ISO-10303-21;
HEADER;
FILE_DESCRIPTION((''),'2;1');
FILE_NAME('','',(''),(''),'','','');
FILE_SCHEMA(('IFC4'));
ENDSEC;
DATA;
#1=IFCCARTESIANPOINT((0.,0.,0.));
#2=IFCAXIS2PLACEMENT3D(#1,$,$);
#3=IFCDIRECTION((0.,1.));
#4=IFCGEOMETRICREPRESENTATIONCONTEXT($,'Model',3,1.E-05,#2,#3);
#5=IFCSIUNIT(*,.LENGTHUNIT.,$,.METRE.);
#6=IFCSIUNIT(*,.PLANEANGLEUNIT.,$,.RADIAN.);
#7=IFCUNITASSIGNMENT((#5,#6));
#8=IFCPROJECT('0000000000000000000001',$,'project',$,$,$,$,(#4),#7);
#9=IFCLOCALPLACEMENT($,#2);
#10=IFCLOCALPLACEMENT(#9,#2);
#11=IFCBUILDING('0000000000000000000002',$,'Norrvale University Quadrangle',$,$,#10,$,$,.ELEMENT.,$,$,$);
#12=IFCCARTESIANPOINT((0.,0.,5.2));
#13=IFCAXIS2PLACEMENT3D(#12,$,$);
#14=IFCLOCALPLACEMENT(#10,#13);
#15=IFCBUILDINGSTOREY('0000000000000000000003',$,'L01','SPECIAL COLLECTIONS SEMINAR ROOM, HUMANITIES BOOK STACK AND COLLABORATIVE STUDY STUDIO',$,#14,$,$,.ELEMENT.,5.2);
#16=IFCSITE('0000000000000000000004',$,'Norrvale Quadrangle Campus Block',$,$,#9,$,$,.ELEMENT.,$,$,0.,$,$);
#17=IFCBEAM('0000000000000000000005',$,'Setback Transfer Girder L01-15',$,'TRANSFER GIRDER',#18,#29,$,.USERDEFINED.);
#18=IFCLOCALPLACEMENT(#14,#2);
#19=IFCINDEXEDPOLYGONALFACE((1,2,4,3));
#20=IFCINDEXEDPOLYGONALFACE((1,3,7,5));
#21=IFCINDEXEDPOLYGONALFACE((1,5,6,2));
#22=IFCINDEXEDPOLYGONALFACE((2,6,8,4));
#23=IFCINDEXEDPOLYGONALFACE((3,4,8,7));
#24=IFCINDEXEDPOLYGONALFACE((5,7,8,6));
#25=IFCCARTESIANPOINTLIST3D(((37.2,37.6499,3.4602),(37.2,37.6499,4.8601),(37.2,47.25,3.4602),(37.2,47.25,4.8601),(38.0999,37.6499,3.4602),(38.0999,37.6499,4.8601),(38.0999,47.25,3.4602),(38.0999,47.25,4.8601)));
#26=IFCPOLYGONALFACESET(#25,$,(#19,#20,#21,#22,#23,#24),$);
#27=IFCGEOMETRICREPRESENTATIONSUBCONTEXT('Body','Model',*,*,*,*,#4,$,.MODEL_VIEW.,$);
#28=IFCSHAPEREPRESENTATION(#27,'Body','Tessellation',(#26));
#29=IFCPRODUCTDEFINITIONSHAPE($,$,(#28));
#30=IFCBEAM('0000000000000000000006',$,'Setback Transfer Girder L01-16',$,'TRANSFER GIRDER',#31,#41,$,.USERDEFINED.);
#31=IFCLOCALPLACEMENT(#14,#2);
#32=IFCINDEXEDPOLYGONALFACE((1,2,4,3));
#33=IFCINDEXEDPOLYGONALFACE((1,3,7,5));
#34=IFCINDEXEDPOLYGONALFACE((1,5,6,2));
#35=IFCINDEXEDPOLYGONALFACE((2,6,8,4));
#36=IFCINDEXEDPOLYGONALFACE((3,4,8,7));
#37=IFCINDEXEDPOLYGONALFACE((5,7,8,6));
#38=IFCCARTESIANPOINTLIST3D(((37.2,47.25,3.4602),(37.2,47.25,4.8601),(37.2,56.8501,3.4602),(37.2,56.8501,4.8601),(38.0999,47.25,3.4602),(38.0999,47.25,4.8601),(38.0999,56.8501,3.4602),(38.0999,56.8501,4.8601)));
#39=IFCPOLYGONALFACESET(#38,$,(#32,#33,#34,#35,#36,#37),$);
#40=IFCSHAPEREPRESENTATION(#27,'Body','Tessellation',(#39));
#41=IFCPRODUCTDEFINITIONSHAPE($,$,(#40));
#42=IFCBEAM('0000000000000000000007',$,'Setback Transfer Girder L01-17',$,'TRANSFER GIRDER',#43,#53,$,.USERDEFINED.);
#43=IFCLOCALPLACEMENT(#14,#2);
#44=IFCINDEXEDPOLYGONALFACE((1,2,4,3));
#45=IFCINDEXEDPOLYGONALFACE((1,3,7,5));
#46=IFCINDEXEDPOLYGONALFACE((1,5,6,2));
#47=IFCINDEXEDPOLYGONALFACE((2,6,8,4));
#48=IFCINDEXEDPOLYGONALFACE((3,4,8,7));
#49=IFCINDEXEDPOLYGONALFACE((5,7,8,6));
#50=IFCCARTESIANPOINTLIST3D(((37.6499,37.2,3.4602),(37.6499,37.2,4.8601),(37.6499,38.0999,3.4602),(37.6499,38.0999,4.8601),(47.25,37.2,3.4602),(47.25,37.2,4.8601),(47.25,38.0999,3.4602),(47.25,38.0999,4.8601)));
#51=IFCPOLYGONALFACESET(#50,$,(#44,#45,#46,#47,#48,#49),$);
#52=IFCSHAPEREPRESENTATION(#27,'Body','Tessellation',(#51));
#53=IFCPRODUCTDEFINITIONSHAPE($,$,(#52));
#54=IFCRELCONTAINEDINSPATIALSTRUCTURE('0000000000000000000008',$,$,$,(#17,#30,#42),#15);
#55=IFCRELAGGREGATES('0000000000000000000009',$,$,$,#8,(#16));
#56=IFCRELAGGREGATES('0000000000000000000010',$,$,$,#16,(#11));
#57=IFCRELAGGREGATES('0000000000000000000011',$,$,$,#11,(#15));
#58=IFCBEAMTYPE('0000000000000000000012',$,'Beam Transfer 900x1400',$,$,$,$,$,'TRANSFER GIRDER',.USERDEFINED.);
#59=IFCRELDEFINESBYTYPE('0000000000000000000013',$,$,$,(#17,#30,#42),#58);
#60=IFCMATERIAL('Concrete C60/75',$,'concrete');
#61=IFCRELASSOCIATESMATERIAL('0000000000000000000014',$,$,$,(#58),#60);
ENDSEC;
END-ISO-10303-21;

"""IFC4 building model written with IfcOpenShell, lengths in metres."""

from ifc_helpers import new_model, si_unit, direction, frame, origin, origin_2d, place, context, subcontext, project, spatial, rectangle, extrude, material, material_profile, profile_set, type_object, element, save


model = new_model("IFC4")

# Units and contexts
model_context = context("Model", 3, precision=1e-05, world=origin(), true_north=direction((0.0, 1.0)))
body_context = subcontext(model_context, "Body", "Model", "MODEL_VIEW")
ifc_project = project(units=[si_unit("LENGTHUNIT", "METRE"), si_unit("PLANEANGLEUNIT", "RADIAN")], contexts=[model_context])

# Site, building, storey
site_placement = place(None, origin())
site = spatial("IfcSite", under=ifc_project, at=site_placement, Name="Norrvale Quadrangle Campus Block", CompositionType="ELEMENT", RefElevation=0.0)
building_placement = place(site_placement, origin())
building = spatial("IfcBuilding", under=site, at=building_placement, Name="Norrvale University Quadrangle", CompositionType="ELEMENT")
storey_placement = place(building_placement, frame((0.0, 0.0, 5.2)))
storey = spatial("IfcBuildingStorey", under=building, at=storey_placement, Name="L01", Description="SPECIAL COLLECTIONS SEMINAR ROOM, HUMANITIES BOOK STACK AND COLLABORATIVE STUDY STUDIO", CompositionType="ELEMENT", Elevation=5.2)

# Beams
ifc_material_1 = material(Name="Concrete C60/75", Category="concrete")
ifc_material_profile_1 = material_profile(ifc_material_1, rectangle(XDim=0.8999, YDim=1.3999, at=origin_2d()), Name="Concrete C60/75")
ifc_profile_set_1 = profile_set([ifc_material_profile_1], Name="Concrete C60/75")
beam_type_1 = type_object("IfcBeamType", Name="Beam Transfer 900x1400", ElementType="TRANSFER GIRDER", PredefinedType="USERDEFINED", material=ifc_profile_set_1)
for number, where, z_axis, x_axis, name in (
    (1, (37.6499, 37.6499, 4.1602), (0.0, 1.0, 0.0), (-1.0, 0.0, 0.0), "Setback Transfer Girder L01-15"),
    (2, (37.6499, 47.25, 4.1602), (0.0, 1.0, 0.0), (-1.0, 0.0, 0.0), "Setback Transfer Girder L01-16"),
    (3, (37.6499, 37.6499, 4.1602), (1.0, 0.0, 0.0), (0.0, 1.0, 0.0), "Setback Transfer Girder L01-17"),
):
    element("IfcBeam", number, at=place(storey_placement, frame(where, z_axis=z_axis, x_axis=x_axis)), inside=storey, type_object=beam_type_1, Name=name, ObjectType="TRANSFER GIRDER", PredefinedType="USERDEFINED", context=body_context, shape_type="SweptSolid", body=[
        extrude(rectangle(XDim=0.8999, YDim=1.3999, at=origin_2d()), origin(), (0.0, 0.0, 1.0), 9.6001),
    ])

save(model, "model.ifc")
